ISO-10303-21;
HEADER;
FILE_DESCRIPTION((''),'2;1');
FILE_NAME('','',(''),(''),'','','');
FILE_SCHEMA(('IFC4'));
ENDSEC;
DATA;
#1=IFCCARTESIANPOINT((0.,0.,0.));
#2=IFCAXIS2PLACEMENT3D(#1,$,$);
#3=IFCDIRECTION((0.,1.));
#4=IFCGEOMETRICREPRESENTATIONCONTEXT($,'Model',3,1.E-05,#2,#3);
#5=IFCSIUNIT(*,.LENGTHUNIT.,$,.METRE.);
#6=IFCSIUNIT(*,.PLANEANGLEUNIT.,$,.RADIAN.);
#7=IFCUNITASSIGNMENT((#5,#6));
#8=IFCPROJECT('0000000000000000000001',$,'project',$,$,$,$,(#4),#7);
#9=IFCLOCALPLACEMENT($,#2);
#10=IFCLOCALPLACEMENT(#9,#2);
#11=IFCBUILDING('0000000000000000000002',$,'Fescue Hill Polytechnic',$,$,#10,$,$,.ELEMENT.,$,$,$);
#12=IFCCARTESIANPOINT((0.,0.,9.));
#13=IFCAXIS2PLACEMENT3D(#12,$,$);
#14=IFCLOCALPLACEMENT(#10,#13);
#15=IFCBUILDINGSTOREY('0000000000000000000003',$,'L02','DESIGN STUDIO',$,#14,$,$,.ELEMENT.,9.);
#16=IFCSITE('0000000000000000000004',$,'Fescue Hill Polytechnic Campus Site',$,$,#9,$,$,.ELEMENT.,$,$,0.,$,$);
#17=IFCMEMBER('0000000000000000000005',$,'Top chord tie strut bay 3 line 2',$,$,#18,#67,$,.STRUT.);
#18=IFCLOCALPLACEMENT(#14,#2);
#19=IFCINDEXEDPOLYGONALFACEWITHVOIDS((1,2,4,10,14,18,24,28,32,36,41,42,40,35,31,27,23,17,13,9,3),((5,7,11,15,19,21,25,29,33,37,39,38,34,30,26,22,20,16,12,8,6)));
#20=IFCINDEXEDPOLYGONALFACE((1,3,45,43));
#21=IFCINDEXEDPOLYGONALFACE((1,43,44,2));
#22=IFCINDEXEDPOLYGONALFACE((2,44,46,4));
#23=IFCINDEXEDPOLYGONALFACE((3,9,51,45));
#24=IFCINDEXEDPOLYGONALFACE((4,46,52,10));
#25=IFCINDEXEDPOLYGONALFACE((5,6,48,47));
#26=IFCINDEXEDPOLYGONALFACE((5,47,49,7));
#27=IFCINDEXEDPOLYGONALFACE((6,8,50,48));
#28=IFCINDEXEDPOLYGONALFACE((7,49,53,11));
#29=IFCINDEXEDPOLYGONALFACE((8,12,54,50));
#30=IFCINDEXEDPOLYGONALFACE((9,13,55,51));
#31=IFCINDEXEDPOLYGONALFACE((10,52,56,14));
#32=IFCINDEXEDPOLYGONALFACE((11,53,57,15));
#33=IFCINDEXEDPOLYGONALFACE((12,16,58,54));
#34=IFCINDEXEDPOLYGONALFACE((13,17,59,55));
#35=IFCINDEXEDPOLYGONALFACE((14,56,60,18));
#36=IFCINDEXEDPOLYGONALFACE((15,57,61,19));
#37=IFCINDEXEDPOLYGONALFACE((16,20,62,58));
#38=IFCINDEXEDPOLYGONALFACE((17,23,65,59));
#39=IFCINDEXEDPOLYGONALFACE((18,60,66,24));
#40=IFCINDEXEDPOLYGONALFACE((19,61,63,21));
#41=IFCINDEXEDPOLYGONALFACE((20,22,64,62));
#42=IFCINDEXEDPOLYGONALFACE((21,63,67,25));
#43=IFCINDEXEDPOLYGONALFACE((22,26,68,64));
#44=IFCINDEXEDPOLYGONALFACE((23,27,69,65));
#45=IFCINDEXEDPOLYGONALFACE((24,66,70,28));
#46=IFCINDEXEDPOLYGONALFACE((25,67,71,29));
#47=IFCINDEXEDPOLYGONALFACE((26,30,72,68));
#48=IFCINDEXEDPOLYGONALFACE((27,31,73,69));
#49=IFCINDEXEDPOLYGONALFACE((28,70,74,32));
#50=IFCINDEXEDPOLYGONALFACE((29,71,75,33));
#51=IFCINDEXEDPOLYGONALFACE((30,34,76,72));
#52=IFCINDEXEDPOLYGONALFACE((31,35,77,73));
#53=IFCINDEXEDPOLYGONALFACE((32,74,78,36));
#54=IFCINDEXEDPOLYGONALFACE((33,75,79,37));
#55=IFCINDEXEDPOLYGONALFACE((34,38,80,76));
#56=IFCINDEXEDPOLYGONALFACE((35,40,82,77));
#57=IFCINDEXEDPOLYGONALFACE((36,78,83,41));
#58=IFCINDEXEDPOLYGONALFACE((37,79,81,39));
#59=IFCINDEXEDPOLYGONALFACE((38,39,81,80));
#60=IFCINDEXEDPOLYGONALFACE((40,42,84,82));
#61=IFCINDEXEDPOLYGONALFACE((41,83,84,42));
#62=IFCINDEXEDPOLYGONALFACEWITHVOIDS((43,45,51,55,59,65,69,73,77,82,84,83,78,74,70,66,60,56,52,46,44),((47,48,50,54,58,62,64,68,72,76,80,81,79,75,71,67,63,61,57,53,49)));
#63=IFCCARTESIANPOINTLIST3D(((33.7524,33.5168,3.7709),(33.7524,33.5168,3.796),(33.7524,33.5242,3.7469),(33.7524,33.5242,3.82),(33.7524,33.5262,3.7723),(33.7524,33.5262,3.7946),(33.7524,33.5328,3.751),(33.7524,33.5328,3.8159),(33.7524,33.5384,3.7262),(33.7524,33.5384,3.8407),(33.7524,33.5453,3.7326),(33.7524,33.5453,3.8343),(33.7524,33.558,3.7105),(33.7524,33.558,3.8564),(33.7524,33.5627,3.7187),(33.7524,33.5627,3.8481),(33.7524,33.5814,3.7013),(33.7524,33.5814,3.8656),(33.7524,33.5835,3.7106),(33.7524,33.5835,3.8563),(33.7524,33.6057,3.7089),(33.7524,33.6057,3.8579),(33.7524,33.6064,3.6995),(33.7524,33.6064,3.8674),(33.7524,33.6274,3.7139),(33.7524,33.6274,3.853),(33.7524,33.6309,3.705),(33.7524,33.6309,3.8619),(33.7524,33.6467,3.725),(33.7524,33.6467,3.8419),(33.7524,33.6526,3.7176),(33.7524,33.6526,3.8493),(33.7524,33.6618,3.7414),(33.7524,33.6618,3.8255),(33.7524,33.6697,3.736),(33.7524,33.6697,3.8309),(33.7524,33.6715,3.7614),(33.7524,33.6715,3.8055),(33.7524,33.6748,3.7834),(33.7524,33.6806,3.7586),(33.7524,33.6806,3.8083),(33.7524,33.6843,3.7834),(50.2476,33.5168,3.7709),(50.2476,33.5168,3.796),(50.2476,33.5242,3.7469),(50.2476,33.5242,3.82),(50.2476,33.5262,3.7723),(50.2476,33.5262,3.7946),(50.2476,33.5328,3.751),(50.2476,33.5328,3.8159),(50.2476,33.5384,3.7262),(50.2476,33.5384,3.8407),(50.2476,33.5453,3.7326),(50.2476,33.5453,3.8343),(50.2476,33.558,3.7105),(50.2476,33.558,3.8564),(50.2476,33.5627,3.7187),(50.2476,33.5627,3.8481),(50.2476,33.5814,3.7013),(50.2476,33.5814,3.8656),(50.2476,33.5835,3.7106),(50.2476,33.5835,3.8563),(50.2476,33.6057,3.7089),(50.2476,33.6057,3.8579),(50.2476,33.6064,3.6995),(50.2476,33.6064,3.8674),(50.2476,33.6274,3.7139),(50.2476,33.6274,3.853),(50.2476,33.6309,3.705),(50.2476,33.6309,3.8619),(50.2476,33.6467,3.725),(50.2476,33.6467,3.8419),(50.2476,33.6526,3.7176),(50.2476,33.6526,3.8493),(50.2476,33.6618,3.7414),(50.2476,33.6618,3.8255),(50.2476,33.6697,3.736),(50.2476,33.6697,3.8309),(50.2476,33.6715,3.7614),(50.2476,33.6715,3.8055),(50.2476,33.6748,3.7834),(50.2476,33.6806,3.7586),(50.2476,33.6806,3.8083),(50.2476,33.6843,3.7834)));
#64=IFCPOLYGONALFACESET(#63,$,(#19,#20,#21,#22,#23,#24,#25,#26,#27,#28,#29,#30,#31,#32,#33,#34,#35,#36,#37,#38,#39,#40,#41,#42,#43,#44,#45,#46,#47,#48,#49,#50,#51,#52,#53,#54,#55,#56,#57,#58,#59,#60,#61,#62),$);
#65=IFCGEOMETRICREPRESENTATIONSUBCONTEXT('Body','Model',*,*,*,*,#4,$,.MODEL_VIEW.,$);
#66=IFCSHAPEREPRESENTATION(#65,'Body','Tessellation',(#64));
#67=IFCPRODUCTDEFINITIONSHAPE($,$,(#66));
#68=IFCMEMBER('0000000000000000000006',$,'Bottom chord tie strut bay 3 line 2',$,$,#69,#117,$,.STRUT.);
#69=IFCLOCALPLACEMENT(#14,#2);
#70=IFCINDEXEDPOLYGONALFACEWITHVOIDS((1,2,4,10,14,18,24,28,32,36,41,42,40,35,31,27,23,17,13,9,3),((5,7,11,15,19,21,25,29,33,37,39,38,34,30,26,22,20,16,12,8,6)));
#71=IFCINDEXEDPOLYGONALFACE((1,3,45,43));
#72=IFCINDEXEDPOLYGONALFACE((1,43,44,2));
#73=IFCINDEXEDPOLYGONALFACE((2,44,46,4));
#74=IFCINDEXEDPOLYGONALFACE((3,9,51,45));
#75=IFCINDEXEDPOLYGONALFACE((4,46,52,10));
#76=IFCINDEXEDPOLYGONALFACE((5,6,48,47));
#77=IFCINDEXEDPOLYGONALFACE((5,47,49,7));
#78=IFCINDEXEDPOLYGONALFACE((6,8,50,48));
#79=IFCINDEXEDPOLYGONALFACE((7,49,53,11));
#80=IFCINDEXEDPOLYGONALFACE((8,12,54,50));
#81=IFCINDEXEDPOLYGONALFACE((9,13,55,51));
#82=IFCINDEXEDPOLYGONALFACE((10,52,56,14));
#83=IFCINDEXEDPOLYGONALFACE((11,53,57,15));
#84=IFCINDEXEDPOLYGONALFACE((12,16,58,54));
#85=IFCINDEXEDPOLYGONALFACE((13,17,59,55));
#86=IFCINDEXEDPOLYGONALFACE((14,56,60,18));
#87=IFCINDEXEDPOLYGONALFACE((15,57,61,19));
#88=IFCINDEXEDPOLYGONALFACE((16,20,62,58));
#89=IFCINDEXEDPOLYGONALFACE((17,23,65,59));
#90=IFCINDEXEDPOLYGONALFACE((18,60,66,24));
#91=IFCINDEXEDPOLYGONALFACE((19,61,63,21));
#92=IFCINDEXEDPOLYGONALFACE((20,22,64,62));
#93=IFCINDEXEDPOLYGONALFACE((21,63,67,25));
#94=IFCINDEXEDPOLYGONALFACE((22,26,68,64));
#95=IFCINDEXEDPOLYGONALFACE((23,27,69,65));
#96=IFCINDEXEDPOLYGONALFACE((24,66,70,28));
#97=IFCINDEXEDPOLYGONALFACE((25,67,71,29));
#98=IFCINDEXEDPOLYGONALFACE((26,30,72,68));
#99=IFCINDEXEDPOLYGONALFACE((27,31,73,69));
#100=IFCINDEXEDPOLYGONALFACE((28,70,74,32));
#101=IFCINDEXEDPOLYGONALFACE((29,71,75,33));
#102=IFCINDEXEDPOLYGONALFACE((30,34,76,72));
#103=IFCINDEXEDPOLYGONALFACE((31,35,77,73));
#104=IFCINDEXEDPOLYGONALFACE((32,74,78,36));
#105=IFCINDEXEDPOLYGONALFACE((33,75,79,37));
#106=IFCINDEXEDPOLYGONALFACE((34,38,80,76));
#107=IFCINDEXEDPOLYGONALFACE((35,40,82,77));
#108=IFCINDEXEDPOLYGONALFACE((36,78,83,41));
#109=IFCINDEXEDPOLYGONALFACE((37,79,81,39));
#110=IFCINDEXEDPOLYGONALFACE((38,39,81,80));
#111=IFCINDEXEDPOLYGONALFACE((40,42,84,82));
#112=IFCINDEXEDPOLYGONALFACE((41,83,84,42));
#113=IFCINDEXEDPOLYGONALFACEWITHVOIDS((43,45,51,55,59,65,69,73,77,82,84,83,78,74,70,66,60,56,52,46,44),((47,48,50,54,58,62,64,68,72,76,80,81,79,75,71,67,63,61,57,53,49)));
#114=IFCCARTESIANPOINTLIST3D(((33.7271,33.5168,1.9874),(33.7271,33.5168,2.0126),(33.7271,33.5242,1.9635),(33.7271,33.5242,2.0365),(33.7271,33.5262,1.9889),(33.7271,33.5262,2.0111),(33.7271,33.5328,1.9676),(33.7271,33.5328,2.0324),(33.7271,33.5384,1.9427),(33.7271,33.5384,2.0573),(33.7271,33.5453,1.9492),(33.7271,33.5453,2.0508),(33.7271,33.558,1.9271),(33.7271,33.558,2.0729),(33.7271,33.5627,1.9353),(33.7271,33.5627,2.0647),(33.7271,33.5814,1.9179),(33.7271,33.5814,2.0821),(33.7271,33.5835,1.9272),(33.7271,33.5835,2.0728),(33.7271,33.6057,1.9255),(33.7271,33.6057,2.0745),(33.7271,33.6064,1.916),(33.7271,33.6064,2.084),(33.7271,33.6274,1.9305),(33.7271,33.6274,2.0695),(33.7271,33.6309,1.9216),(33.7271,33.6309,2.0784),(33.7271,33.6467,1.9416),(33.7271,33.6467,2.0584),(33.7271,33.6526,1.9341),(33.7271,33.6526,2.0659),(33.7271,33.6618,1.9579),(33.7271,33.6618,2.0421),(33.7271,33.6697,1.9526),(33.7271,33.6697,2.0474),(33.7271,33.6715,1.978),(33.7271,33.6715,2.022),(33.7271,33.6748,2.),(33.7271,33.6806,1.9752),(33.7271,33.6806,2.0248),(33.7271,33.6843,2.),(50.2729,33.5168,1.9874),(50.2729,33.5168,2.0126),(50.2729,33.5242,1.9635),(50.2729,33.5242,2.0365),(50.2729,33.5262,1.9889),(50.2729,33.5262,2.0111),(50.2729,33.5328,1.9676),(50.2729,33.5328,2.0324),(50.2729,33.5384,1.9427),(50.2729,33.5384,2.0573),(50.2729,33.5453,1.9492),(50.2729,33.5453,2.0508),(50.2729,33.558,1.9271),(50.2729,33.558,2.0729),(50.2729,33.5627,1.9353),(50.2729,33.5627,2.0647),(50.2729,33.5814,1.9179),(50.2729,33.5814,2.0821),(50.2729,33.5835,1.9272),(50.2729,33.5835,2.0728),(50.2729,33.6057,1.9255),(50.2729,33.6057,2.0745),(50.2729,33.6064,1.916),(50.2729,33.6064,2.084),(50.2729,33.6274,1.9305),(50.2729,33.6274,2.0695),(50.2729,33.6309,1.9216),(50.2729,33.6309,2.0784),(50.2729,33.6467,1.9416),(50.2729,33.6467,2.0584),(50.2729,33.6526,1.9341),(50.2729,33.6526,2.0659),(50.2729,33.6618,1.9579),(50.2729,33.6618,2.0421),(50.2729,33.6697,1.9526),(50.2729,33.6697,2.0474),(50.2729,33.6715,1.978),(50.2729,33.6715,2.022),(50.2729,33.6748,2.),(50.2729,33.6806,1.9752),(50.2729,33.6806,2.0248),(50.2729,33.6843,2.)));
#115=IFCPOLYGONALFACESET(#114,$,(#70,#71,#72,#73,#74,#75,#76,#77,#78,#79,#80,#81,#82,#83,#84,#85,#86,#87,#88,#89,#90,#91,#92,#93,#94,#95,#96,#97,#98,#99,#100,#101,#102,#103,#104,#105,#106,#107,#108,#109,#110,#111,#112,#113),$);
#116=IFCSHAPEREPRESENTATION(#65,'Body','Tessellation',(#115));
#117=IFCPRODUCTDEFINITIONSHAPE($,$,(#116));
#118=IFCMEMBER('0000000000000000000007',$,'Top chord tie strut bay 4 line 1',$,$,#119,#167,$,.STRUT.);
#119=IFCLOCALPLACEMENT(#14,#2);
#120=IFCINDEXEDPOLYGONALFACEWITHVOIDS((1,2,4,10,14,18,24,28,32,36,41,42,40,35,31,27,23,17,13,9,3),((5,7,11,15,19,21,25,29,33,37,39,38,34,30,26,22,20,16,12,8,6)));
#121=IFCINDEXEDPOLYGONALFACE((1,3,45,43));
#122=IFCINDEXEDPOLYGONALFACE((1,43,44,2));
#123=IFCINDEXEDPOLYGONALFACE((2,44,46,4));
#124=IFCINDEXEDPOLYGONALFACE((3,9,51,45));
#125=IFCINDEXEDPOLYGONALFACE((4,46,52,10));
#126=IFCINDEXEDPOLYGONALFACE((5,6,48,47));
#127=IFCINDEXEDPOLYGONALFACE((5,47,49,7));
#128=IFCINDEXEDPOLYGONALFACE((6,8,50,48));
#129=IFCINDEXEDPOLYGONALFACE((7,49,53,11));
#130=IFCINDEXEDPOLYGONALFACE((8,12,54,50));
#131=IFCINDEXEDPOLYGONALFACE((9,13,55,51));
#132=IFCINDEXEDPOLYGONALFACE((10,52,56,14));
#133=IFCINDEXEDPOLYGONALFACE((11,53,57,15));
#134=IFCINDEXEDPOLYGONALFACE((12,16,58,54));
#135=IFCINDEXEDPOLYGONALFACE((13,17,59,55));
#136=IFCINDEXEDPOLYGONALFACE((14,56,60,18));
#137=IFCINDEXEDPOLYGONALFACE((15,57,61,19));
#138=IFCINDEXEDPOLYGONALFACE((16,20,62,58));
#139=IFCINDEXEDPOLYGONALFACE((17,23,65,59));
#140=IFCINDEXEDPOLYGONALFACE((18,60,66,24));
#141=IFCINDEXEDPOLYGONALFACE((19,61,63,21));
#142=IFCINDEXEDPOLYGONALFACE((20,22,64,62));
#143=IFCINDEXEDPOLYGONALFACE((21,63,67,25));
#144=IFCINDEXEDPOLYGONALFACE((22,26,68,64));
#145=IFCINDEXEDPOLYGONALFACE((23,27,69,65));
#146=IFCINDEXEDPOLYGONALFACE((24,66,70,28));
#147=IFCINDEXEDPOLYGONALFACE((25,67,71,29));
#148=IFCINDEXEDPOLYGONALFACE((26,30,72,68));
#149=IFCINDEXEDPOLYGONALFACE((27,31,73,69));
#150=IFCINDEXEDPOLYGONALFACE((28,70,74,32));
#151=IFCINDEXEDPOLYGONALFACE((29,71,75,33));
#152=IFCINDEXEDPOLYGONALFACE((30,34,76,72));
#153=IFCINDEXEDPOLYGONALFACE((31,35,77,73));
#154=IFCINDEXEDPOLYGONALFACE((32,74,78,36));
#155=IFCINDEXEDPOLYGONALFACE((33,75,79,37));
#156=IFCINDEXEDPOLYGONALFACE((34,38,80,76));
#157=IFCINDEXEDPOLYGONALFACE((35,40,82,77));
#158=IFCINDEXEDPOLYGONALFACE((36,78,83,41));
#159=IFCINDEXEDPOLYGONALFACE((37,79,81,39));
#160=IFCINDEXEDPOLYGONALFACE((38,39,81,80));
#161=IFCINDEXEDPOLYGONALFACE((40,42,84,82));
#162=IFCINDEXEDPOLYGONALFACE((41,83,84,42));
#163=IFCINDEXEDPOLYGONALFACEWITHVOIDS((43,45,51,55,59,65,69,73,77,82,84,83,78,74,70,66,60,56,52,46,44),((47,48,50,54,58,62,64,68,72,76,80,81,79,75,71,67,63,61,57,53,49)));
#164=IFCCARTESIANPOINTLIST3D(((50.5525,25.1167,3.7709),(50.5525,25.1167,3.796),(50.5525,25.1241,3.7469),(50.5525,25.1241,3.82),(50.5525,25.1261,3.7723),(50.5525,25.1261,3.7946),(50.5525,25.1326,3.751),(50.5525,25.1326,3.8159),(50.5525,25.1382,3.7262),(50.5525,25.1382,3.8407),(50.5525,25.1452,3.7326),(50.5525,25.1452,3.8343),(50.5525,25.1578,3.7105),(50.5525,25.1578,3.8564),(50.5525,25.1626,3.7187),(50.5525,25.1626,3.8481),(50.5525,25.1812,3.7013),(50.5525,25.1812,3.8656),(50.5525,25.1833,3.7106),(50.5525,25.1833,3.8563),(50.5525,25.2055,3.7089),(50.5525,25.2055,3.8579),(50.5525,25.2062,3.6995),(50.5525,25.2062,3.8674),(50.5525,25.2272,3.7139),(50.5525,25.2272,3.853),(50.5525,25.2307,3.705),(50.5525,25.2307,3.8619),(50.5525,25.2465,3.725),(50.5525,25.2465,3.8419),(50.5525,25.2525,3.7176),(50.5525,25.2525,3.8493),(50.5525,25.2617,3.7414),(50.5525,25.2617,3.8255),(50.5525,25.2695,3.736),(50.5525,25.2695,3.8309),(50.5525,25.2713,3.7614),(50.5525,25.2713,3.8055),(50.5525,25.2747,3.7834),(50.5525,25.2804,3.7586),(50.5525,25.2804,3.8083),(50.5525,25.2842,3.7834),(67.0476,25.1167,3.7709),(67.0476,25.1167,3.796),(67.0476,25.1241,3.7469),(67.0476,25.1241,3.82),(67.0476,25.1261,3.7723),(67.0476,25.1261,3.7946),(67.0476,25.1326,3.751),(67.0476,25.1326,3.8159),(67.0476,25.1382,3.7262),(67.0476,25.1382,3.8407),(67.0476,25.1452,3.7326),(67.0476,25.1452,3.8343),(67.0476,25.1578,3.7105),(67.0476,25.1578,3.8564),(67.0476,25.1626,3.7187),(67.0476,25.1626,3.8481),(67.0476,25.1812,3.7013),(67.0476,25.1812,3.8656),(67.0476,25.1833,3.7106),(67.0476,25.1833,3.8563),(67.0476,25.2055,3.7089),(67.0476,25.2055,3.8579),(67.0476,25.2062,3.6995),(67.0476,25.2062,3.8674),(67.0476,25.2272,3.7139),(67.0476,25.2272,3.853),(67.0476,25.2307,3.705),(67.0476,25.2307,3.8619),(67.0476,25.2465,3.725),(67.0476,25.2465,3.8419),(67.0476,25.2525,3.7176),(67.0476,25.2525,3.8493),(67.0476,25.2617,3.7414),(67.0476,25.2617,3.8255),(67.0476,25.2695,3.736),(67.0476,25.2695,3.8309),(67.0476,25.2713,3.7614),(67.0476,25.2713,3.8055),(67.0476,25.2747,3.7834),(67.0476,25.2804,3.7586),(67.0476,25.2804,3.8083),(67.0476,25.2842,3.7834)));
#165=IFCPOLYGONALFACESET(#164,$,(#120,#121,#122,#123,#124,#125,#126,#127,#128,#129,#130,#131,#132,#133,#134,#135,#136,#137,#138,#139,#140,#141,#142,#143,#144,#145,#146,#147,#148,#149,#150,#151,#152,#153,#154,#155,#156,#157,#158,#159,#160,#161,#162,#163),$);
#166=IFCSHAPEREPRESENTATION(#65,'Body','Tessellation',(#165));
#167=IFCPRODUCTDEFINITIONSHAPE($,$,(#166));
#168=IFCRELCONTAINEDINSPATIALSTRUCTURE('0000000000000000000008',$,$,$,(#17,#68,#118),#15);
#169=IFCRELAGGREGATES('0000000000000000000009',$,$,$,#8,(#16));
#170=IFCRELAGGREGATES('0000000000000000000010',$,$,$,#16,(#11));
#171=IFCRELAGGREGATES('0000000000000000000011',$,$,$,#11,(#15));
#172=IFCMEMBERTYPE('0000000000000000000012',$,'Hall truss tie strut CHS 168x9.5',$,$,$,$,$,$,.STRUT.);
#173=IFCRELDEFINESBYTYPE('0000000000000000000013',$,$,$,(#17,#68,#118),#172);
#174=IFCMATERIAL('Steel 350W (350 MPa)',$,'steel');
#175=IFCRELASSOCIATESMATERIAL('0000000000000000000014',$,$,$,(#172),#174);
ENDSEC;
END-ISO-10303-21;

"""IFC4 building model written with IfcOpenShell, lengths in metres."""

from ifc_helpers import new_model, si_unit, direction, frame, origin, origin_2d, place, context, subcontext, project, spatial, hollow_circle, extrude, material, material_profile, profile_set, type_object, element, save


model = new_model("IFC4")

# Units and contexts
model_context = context("Model", 3, precision=1e-05, world=origin(), true_north=direction((0.0, 1.0)))
body_context = subcontext(model_context, "Body", "Model", "MODEL_VIEW")
ifc_project = project(units=[si_unit("LENGTHUNIT", "METRE"), si_unit("PLANEANGLEUNIT", "RADIAN")], contexts=[model_context])

# Site, building, storey
site_placement = place(None, origin())
site = spatial("IfcSite", under=ifc_project, at=site_placement, Name="Fescue Hill Polytechnic Campus Site", CompositionType="ELEMENT", RefElevation=0.0)
building_placement = place(site_placement, origin())
building = spatial("IfcBuilding", under=site, at=building_placement, Name="Fescue Hill Polytechnic", CompositionType="ELEMENT")
storey_placement = place(building_placement, frame((0.0, 0.0, 9.0)))
storey = spatial("IfcBuildingStorey", under=building, at=storey_placement, Name="L02", Description="DESIGN STUDIO", CompositionType="ELEMENT", Elevation=9.0)

# Members
ifc_material = material(Name="Steel 350W (350 MPa)", Category="steel")
ifc_material_profile_1 = material_profile(ifc_material, hollow_circle(Radius=0.0842, WallThickness=0.0095, at=origin_2d()), Name="Hall truss tie strut CHS 168x9.5")
ifc_profile_set_1 = profile_set([ifc_material_profile_1], Name="Steel 350W (350 MPa)")
member_type_1 = type_object("IfcMemberType", Name="Hall truss tie strut CHS 168x9.5", PredefinedType="STRUT", material=ifc_profile_set_1)
member_1_placement = place(storey_placement, frame((33.7524, 33.6001, 3.7834), z_axis=(1.0, 0.0, 0.0), x_axis=(0.0, 1.0, 0.0)))
element("IfcMember", 1, at=member_1_placement, inside=storey, type_object=member_type_1, Name="Top chord tie strut bay 3 line 2", PredefinedType="STRUT", context=body_context, shape_type="SweptSolid", body=[
    extrude(hollow_circle(Radius=0.0842, WallThickness=0.0095, at=origin_2d()), origin(), (0.0, 0.0, 1.0), 16.4951),
])
member_2_placement = place(storey_placement, frame((33.7271, 33.6001, 2.0), z_axis=(1.0, 0.0, 0.0), x_axis=(0.0, 1.0, 0.0)))
element("IfcMember", 2, at=member_2_placement, inside=storey, type_object=member_type_1, Name="Bottom chord tie strut bay 3 line 2", PredefinedType="STRUT", context=body_context, shape_type="SweptSolid", body=[
    extrude(hollow_circle(Radius=0.0842, WallThickness=0.0095, at=origin_2d()), origin(), (0.0, 0.0, 1.0), 16.5459),
])
member_3_placement = place(storey_placement, frame((50.5525, 25.2, 3.7834), z_axis=(1.0, 0.0, 0.0), x_axis=(0.0, 1.0, 0.0)))
element("IfcMember", 3, at=member_3_placement, inside=storey, type_object=member_type_1, Name="Top chord tie strut bay 4 line 1", PredefinedType="STRUT", context=body_context, shape_type="SweptSolid", body=[
    extrude(hollow_circle(Radius=0.0842, WallThickness=0.0095, at=origin_2d()), origin(), (0.0, 0.0, 1.0), 16.4951),
])

save(model, "model.ifc")
